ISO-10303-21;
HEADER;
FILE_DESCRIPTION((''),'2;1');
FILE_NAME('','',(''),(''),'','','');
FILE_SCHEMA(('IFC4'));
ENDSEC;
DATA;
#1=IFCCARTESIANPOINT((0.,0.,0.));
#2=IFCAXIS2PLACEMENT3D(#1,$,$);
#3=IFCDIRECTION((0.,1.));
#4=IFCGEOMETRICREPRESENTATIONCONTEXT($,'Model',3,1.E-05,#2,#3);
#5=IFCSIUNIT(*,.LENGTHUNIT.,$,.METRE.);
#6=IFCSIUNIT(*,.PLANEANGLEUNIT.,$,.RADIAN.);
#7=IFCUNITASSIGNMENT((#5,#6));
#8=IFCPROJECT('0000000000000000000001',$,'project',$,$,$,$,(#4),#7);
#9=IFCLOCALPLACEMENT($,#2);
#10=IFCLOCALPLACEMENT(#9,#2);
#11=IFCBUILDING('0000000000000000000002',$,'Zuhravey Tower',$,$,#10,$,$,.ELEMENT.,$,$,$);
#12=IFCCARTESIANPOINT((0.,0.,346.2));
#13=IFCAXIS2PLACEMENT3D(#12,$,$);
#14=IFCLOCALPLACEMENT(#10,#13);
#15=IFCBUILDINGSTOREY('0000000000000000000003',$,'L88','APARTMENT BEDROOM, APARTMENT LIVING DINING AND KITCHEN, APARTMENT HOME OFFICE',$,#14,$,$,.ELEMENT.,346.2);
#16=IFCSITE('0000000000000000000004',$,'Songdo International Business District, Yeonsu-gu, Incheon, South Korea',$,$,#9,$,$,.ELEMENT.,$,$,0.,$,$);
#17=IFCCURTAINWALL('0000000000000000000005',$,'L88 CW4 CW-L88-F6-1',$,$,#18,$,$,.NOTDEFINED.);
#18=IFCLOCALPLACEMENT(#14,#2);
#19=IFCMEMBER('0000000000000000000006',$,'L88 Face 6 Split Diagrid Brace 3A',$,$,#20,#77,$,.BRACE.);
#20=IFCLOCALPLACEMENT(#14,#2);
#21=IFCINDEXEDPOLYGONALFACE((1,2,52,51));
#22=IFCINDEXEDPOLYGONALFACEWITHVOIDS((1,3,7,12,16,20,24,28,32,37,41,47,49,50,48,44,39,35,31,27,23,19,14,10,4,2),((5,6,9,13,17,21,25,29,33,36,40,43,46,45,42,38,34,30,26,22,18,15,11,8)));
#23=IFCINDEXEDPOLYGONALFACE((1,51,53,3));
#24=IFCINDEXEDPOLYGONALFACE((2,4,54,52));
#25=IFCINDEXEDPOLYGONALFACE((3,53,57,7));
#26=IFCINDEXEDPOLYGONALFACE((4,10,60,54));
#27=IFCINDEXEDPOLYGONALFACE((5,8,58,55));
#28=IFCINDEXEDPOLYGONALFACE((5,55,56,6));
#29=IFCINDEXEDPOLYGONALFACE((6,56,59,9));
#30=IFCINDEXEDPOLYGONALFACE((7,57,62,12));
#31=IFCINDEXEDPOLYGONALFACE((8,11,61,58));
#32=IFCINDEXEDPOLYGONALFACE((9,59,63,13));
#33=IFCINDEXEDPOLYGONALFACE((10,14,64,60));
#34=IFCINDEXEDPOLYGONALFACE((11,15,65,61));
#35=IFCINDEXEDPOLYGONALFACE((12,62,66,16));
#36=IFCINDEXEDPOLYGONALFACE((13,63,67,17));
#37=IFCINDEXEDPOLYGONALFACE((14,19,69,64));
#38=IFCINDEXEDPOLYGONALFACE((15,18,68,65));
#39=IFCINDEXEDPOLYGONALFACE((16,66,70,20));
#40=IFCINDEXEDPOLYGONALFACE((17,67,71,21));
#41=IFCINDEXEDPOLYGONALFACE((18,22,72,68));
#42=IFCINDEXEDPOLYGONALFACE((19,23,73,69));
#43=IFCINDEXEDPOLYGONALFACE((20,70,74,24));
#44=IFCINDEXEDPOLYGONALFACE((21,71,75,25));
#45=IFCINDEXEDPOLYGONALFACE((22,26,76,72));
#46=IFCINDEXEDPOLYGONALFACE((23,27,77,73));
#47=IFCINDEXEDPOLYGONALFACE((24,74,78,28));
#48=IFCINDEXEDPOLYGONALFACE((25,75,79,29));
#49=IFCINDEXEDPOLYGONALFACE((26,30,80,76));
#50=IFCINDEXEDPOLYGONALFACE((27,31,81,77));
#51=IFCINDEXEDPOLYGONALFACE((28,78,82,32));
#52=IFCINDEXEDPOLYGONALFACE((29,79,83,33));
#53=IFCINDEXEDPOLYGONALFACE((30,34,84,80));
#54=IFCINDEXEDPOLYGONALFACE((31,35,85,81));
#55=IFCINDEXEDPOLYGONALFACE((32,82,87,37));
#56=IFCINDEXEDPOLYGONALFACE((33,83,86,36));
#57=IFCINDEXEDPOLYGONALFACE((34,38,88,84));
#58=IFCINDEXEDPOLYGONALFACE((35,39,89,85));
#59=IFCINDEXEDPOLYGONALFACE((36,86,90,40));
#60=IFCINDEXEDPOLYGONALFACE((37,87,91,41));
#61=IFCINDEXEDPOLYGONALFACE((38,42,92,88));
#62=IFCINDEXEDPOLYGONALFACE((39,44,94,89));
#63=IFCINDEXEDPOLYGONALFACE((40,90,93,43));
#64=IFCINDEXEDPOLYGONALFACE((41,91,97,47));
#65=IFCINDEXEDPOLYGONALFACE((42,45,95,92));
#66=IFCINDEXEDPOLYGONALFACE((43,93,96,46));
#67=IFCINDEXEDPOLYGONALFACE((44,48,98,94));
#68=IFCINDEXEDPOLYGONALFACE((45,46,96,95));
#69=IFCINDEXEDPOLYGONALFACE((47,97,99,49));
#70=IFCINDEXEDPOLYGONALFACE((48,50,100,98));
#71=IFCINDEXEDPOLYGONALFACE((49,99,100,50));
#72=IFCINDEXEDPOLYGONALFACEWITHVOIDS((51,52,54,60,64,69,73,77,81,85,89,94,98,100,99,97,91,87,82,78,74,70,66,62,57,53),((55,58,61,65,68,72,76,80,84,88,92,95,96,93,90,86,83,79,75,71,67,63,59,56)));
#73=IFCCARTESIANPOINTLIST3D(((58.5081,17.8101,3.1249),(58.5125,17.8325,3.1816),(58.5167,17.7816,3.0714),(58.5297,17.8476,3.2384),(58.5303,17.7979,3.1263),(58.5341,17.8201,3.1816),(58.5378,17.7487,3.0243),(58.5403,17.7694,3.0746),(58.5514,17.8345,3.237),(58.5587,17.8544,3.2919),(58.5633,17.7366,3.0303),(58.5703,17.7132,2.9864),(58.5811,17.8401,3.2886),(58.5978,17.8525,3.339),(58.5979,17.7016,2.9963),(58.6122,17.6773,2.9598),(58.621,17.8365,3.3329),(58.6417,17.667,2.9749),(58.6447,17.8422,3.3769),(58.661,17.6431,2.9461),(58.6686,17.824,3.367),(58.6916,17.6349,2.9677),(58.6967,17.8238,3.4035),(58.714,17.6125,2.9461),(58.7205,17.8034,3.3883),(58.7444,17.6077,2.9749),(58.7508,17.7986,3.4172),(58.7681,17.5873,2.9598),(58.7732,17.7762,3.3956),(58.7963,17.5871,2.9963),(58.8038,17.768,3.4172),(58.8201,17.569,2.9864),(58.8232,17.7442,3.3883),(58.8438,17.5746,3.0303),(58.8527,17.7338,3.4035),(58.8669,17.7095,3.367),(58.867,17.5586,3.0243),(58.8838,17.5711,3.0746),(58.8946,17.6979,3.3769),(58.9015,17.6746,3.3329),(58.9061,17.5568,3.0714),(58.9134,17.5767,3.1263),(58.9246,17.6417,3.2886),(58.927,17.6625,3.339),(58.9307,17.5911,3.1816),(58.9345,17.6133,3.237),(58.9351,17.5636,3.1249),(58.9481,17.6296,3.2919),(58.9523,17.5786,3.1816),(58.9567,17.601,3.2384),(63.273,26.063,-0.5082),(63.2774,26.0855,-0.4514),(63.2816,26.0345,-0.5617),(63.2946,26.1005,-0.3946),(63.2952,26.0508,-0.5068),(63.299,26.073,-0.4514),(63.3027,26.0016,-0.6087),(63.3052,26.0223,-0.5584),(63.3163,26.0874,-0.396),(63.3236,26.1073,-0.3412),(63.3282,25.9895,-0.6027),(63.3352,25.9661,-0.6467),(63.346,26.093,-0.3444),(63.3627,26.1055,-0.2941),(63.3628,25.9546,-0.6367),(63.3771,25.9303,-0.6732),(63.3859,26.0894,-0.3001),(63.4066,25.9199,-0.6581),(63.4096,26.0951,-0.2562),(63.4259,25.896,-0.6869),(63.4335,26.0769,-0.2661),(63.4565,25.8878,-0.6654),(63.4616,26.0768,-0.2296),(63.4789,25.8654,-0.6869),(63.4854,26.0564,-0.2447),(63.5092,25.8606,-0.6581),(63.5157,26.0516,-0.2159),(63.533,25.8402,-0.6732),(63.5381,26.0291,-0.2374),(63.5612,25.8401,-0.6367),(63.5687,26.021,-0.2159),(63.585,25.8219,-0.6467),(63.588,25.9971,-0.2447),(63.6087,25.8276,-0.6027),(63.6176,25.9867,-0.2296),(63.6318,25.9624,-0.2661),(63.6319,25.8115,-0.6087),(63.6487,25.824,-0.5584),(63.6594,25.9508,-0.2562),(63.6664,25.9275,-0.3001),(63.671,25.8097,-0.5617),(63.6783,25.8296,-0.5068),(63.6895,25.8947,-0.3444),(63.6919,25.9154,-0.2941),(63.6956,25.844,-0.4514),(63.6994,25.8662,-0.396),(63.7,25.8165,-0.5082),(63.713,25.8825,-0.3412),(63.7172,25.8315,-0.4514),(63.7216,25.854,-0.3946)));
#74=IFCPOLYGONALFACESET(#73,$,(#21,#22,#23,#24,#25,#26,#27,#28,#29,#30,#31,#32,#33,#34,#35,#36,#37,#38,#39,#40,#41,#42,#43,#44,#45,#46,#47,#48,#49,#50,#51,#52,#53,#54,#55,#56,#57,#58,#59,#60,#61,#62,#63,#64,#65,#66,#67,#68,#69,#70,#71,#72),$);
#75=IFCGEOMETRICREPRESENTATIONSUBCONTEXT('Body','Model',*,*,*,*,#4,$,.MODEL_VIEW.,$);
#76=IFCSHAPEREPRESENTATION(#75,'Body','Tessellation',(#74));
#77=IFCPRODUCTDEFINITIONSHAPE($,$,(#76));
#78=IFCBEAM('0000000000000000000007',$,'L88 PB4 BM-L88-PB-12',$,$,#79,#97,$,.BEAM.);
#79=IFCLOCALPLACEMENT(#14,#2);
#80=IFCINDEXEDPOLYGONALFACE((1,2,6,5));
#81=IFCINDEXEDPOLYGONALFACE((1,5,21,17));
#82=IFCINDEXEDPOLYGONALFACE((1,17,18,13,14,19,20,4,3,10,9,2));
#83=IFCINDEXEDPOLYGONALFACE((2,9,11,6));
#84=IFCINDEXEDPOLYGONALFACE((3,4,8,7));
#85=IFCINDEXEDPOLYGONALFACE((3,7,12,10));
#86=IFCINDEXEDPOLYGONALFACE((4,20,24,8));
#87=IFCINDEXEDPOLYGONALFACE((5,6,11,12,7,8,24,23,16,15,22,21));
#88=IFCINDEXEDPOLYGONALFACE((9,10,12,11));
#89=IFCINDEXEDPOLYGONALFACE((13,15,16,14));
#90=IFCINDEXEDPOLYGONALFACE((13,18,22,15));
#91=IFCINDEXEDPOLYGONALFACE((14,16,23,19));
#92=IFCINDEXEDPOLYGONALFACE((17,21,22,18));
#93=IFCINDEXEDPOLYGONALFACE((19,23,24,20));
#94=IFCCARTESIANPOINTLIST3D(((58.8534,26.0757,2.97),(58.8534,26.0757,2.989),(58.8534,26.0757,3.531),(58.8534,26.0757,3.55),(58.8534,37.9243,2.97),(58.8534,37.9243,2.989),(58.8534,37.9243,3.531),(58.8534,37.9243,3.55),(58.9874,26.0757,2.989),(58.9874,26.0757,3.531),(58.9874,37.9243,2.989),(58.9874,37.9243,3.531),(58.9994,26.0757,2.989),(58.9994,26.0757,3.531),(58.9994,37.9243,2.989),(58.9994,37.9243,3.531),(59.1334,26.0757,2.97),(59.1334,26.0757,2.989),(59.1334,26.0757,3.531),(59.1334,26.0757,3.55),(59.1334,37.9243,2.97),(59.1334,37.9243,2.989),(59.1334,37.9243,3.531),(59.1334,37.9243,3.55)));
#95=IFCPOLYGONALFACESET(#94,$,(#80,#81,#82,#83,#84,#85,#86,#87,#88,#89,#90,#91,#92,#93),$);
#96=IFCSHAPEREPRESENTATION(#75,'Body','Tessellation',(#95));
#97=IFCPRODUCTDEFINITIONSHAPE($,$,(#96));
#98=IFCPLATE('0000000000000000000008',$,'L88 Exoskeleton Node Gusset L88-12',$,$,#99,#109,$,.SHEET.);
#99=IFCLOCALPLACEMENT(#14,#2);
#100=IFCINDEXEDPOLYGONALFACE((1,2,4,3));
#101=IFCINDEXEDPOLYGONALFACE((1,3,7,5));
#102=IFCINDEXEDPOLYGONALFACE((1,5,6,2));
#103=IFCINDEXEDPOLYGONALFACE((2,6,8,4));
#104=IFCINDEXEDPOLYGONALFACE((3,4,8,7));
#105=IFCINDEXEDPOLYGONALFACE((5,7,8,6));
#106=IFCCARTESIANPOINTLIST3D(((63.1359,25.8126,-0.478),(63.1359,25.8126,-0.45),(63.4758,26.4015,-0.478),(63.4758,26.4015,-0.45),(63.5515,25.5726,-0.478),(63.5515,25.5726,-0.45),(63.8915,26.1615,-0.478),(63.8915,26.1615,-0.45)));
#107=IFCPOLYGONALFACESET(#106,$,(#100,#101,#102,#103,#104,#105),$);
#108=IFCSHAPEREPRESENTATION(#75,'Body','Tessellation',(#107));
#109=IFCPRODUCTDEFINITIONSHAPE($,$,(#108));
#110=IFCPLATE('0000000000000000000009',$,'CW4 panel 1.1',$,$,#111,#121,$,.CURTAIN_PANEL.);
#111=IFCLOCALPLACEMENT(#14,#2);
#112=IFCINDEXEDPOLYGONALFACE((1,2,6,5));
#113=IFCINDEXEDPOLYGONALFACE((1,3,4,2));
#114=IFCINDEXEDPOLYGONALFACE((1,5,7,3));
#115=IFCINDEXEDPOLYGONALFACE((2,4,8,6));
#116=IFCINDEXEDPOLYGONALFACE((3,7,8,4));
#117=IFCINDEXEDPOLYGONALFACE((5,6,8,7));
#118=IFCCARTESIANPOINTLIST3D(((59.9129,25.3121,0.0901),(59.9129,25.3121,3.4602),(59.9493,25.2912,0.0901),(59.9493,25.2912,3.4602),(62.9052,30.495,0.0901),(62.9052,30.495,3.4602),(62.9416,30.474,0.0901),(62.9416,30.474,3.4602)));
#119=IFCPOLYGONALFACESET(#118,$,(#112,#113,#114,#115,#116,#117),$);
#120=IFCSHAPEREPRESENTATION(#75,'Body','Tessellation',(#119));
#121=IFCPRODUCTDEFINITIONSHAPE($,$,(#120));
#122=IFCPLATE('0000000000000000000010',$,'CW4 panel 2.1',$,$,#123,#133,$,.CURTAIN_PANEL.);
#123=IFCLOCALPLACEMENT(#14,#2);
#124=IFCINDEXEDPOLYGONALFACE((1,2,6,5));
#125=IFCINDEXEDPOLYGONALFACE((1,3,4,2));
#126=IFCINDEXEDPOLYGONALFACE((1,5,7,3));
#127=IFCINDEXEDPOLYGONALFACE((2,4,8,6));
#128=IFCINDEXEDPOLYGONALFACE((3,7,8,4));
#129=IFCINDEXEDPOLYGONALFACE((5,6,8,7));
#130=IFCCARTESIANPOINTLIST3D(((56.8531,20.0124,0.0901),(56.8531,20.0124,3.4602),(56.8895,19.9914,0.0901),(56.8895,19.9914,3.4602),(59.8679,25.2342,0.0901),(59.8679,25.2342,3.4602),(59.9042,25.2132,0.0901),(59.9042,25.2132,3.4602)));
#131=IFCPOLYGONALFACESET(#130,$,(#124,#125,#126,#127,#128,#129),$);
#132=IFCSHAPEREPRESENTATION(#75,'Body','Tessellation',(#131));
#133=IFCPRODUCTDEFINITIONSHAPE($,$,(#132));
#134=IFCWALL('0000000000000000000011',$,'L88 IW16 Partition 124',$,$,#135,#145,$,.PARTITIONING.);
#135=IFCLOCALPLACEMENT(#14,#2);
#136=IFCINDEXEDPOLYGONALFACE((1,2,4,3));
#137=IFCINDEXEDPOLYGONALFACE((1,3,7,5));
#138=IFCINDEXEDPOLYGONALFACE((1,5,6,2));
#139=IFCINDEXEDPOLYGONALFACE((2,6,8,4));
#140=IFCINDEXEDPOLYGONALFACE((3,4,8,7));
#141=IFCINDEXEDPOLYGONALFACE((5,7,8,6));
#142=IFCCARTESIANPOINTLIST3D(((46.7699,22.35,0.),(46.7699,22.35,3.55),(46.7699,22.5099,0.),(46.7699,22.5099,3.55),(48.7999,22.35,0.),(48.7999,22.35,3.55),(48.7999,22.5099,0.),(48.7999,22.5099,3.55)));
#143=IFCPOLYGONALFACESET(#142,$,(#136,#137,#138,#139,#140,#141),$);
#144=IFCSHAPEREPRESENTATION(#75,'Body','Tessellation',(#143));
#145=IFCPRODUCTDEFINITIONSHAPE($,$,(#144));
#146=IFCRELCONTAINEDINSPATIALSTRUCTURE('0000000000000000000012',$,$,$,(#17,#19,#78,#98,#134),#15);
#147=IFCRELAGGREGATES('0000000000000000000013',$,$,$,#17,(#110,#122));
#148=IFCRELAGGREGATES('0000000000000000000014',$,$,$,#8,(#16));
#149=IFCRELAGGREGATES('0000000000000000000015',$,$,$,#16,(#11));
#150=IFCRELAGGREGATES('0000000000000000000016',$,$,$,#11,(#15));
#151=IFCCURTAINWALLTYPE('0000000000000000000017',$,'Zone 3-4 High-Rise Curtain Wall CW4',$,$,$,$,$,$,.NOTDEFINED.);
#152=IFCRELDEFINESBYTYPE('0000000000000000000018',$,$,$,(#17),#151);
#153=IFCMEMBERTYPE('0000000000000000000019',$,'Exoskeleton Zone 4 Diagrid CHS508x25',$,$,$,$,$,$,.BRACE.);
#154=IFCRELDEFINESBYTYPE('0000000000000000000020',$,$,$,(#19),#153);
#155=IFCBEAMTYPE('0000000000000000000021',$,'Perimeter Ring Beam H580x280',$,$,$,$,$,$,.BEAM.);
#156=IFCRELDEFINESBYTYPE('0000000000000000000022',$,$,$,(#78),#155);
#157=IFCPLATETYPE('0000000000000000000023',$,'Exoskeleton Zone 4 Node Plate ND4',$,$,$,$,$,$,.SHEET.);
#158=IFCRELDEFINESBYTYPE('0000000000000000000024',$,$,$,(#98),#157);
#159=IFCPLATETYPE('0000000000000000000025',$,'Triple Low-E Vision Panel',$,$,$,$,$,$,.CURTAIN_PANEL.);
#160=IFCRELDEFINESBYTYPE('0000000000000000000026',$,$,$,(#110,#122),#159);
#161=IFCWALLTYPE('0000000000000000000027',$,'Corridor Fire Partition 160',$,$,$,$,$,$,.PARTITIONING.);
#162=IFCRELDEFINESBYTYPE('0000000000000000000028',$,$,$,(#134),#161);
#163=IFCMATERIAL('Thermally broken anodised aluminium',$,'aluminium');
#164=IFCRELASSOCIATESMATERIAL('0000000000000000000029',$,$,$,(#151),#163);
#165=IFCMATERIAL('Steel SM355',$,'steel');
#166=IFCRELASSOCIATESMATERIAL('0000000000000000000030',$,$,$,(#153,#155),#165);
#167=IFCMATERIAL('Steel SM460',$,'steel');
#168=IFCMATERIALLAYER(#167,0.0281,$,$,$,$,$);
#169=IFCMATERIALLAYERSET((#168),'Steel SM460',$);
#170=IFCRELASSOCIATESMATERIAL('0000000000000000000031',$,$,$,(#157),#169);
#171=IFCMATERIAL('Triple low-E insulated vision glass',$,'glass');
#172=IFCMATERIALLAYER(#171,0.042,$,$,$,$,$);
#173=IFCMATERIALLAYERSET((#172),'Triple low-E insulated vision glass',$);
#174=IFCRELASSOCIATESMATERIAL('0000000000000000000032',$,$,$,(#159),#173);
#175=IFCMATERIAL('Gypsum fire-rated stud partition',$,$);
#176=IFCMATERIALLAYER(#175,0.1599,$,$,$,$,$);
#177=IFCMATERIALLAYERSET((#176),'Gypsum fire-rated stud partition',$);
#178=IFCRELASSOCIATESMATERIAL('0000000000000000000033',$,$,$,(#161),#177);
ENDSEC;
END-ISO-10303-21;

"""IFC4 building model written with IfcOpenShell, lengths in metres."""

from ifc_helpers import new_model, si_unit, direction, frame, frame_2d, origin, origin_2d, place, context, subcontext, project, spatial, rectangle, hollow_circle, i_section, extrude, material, layer, layer_set, material_profile, profile_set, type_object, element, aggregate, save


model = new_model("IFC4")

# Units and contexts
model_context = context("Model", 3, precision=1e-05, world=origin(), true_north=direction((0.0, 1.0)))
body_context = subcontext(model_context, "Body", "Model", "MODEL_VIEW")
ifc_project = project(units=[si_unit("LENGTHUNIT", "METRE"), si_unit("PLANEANGLEUNIT", "RADIAN")], contexts=[model_context])

# Site, building, storey
site_placement = place(None, origin())
site = spatial("IfcSite", under=ifc_project, at=site_placement, Name="Songdo International Business District, Yeonsu-gu, Incheon, South Korea", CompositionType="ELEMENT", RefElevation=0.0)
building_placement = place(site_placement, origin())
building = spatial("IfcBuilding", under=site, at=building_placement, Name="Zuhravey Tower", CompositionType="ELEMENT")
storey_placement = place(building_placement, frame((0.0, 0.0, 346.2)))
storey = spatial("IfcBuildingStorey", under=building, at=storey_placement, Name="L88", Description="APARTMENT BEDROOM, APARTMENT LIVING DINING AND KITCHEN, APARTMENT HOME OFFICE", CompositionType="ELEMENT", Elevation=346.2)

# Curtain wall
ifc_material_1 = material(Name="Thermally broken anodised aluminium", Category="aluminium")
curtain_wall_type = type_object("IfcCurtainWallType", Name="Zone 3-4 High-Rise Curtain Wall CW4", PredefinedType="NOTDEFINED", material=ifc_material_1)
curtain_wall_placement = place(storey_placement, origin())
curtain_wall = element("IfcCurtainWall", 1, at=curtain_wall_placement, inside=storey, type_object=curtain_wall_type, Name="L88 CW4 CW-L88-F6-1", PredefinedType="NOTDEFINED")

# Member
ifc_material_2 = material(Name="Steel SM355", Category="steel")
ifc_material_profile_1 = material_profile(ifc_material_2, hollow_circle(Radius=0.2539, WallThickness=0.0249, at=origin_2d()), Name="CHS-508.0x25")
ifc_profile_set_1 = profile_set([ifc_material_profile_1], Name="Steel SM355")
member_type_1 = type_object("IfcMemberType", Name="Exoskeleton Zone 4 Diagrid CHS508x25", PredefinedType="BRACE", material=ifc_profile_set_1)
member_1_placement = place(storey_placement, frame((63.4973, 25.9585, -0.4514), z_axis=(-0.467204, -0.809211, 0.356226), x_axis=(0.866023, -0.500005, 0.0)))
element("IfcMember", 2, at=member_1_placement, inside=storey, type_object=member_type_1, Name="L88 Face 6 Split Diagrid Brace 3A", PredefinedType="BRACE", context=body_context, shape_type="SweptSolid", body=[
    extrude(hollow_circle(Radius=0.2539, WallThickness=0.0249, at=origin_2d()), origin(), (0.0, 0.0, 1.0), 10.1987),
])

# Beam
ifc_material_profile_2 = material_profile(ifc_material_2, i_section(OverallWidth=0.28, OverallDepth=0.5801, WebThickness=0.012, FlangeThickness=0.019, at=origin_2d()), Name="H-580x280x12x19")
ifc_profile_set_2 = profile_set([ifc_material_profile_2], Name="Steel SM355")
beam_type = type_object("IfcBeamType", Name="Perimeter Ring Beam H580x280", PredefinedType="BEAM", material=ifc_profile_set_2)
beam_placement = place(storey_placement, frame((58.9934, 26.0757, 3.26), z_axis=(0.0, 1.0, 0.0), x_axis=(-1.0, 0.0, 0.0)))
element("IfcBeam", 3, at=beam_placement, inside=storey, type_object=beam_type, Name="L88 PB4 BM-L88-PB-12", PredefinedType="BEAM", context=body_context, shape_type="SweptSolid", body=[
    extrude(i_section(OverallWidth=0.28, OverallDepth=0.5801, WebThickness=0.012, FlangeThickness=0.019, at=origin_2d()), origin(), (0.0, 0.0, 1.0), 11.8486),
])

# Plates
ifc_material_3 = material(Name="Steel SM460", Category="steel")
ifc_layer_1 = layer(ifc_material_3, 0.0281)
ifc_layer_set_1 = layer_set([ifc_layer_1], Name="Steel SM460")
plate_type_1 = type_object("IfcPlateType", Name="Exoskeleton Zone 4 Node Plate ND4", PredefinedType="SHEET", material=ifc_layer_set_1)
plate_1_placement = place(storey_placement, frame((63.5137, 25.9871, -0.478), z_axis=(0.0, 0.0, 1.0), x_axis=(0.5, 0.866025, 0.0)))
element("IfcPlate", 4, at=plate_1_placement, inside=storey, type_object=plate_type_1, Name="L88 Exoskeleton Node Gusset L88-12", PredefinedType="SHEET", context=body_context, shape_type="SweptSolid", body=[
    extrude(rectangle(XDim=0.6799, YDim=0.48, at=origin_2d()), origin(), (0.0, 0.0, 1.0), 0.0281),
])
ifc_material_4 = material(Name="Triple low-E insulated vision glass", Category="glass")
ifc_layer_2 = layer(ifc_material_4, 0.042)
ifc_layer_set_2 = layer_set([ifc_layer_2], Name="Triple low-E insulated vision glass")
plate_type_2 = type_object("IfcPlateType", Name="Triple Low-E Vision Panel", PredefinedType="CURTAIN_PANEL", material=ifc_layer_set_2)
plate_2_placement = place(storey_placement, frame((61.4272, 27.8931, 0.0901), z_axis=(0.0, 0.0, 1.0), x_axis=(-0.5, -0.866026, 0.0)))
plate_2 = element("IfcPlate", 5, at=plate_2_placement, type_object=plate_type_2, Name="CW4 panel 1.1", PredefinedType="CURTAIN_PANEL", context=body_context, shape_type="SweptSolid", body=[
    extrude(rectangle(XDim=5.9846, YDim=0.042, at=origin_2d()), origin(), (0.0, 0.0, 1.0), 3.3701),
])
plate_3_placement = place(storey_placement, frame((58.3787, 22.6128, 0.0901), z_axis=(0.0, 0.0, 1.0), x_axis=(-0.5, -0.866026, 0.0)))
plate_3 = element("IfcPlate", 6, at=plate_3_placement, type_object=plate_type_2, Name="CW4 panel 2.1", PredefinedType="CURTAIN_PANEL", context=body_context, shape_type="SweptSolid", body=[
    extrude(rectangle(XDim=6.0295, YDim=0.042, at=origin_2d()), origin(), (0.0, 0.0, 1.0), 3.3701),
])
aggregate(curtain_wall, [plate_2, plate_3])

# Shared definitions
ifc_material_5 = material(Name="Gypsum fire-rated stud partition")
ifc_layer_3 = layer(ifc_material_5, 0.1599)
ifc_layer_set_3 = layer_set([ifc_layer_3], Name="Gypsum fire-rated stud partition")
wall_type_1 = type_object("IfcWallType", Name="Corridor Fire Partition 160", PredefinedType="PARTITIONING", material=ifc_layer_set_3)

# Wall
wall_1_placement = place(storey_placement, frame((48.8, 22.4299, 0.0), z_axis=(0.0, 0.0, 1.0), x_axis=(-1.0, 0.0, 0.0)))
element("IfcWall", 7, at=wall_1_placement, inside=storey, type_object=wall_type_1, Name="L88 IW16 Partition 124", PredefinedType="PARTITIONING", context=body_context, shape_type="SweptSolid", body=[
    extrude(rectangle(XDim=2.03, YDim=0.1599, at=frame_2d((1.0151, 0.0))), origin(), (0.0, 0.0, 1.0), 3.55),
])

save(model, "model.ifc")
